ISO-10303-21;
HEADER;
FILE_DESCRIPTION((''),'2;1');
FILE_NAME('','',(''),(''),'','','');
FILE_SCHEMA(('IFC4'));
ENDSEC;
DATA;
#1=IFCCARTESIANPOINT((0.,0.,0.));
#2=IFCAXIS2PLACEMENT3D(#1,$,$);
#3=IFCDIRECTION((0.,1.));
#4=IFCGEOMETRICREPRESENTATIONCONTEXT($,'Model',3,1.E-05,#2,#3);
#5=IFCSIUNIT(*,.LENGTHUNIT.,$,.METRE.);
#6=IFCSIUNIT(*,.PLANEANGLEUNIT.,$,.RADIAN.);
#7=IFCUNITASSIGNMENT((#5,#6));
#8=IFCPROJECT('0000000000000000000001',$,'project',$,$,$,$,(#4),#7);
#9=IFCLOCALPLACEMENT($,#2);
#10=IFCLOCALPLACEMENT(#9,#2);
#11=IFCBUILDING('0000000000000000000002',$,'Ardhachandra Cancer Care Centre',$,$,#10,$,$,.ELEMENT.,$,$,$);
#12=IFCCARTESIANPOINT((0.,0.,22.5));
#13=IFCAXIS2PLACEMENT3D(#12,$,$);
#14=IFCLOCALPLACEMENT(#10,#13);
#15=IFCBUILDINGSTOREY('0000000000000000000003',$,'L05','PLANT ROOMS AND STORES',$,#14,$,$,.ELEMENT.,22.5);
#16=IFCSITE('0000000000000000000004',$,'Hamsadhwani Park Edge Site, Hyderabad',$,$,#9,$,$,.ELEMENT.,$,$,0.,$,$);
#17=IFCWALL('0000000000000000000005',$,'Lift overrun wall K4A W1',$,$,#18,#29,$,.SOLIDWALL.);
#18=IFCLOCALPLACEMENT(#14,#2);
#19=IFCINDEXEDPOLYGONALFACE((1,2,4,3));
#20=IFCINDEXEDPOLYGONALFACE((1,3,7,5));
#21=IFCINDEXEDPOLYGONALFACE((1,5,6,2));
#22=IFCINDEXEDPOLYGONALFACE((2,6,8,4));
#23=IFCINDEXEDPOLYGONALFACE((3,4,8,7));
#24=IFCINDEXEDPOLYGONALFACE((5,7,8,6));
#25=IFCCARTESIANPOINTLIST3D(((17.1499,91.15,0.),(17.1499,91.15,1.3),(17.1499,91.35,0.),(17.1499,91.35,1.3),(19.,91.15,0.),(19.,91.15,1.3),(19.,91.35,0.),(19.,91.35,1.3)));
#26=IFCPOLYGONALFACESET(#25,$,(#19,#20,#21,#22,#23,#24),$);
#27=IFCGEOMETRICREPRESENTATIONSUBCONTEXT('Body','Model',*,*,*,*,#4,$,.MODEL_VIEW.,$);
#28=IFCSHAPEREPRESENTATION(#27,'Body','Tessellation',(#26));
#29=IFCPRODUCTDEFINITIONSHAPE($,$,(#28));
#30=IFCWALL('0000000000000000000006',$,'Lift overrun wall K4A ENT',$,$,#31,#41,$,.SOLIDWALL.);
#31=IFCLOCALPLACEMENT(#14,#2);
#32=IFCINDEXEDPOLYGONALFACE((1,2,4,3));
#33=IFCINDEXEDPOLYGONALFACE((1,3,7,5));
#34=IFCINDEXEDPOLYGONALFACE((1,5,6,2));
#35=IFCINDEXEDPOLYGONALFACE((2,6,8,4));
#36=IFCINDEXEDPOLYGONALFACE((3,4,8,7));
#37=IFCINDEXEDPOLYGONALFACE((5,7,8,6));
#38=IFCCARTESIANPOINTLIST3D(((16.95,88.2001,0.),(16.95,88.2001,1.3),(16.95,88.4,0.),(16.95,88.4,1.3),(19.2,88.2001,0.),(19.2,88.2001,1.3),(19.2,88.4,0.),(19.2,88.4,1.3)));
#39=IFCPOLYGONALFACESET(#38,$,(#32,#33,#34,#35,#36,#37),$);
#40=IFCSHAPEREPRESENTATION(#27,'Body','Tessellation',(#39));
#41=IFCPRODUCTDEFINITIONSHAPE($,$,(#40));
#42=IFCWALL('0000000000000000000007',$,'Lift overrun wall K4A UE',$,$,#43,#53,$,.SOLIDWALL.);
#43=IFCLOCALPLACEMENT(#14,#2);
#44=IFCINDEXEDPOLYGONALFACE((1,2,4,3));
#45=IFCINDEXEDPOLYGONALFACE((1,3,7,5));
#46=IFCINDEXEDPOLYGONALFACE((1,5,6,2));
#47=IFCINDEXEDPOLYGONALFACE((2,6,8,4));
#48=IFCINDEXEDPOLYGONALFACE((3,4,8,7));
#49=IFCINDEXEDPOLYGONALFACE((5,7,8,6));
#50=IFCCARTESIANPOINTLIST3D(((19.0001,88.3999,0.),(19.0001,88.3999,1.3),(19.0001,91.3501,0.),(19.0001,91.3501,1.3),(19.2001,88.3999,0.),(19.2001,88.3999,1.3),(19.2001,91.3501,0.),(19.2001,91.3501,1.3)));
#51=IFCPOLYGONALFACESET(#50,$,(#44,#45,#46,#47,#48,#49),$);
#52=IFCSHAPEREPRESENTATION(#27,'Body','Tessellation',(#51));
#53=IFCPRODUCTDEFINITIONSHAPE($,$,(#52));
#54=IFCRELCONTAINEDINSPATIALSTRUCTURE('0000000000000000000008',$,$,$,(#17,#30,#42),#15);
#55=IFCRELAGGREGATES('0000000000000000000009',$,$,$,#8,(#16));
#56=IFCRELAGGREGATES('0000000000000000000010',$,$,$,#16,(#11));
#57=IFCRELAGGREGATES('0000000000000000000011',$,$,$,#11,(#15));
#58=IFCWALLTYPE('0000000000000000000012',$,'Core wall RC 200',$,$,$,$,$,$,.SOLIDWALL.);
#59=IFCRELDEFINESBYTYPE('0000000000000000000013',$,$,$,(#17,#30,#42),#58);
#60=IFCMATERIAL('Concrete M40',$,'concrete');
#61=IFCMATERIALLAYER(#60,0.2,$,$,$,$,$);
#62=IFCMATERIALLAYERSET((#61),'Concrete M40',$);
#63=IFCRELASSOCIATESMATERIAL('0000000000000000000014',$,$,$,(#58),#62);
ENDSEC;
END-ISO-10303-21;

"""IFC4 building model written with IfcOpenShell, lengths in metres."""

from ifc_helpers import new_model, si_unit, direction, frame, frame_2d, origin, place, context, subcontext, project, spatial, rectangle, extrude, material, layer, layer_set, type_object, element, save


model = new_model("IFC4")

# Units and contexts
model_context = context("Model", 3, precision=1e-05, world=origin(), true_north=direction((0.0, 1.0)))
body_context = subcontext(model_context, "Body", "Model", "MODEL_VIEW")
ifc_project = project(units=[si_unit("LENGTHUNIT", "METRE"), si_unit("PLANEANGLEUNIT", "RADIAN")], contexts=[model_context])

# Site, building, storey
site_placement = place(None, origin())
site = spatial("IfcSite", under=ifc_project, at=site_placement, Name="Hamsadhwani Park Edge Site, Hyderabad", CompositionType="ELEMENT", RefElevation=0.0)
building_placement = place(site_placement, origin())
building = spatial("IfcBuilding", under=site, at=building_placement, Name="Ardhachandra Cancer Care Centre", CompositionType="ELEMENT")
storey_placement = place(building_placement, frame((0.0, 0.0, 22.5)))
storey = spatial("IfcBuildingStorey", under=building, at=storey_placement, Name="L05", Description="PLANT ROOMS AND STORES", CompositionType="ELEMENT", Elevation=22.5)

# Walls
ifc_material_1 = material(Name="Concrete M40", Category="concrete")
ifc_layer_1 = layer(ifc_material_1, 0.2)
ifc_layer_set_1 = layer_set([ifc_layer_1], Name="Concrete M40")
wall_type = type_object("IfcWallType", Name="Core wall RC 200", PredefinedType="SOLIDWALL", material=ifc_layer_set_1)
wall_1_placement = place(storey_placement, frame((17.1499, 91.25, 0.0), z_axis=(0.0, 0.0, 1.0), x_axis=(1.0, 0.0, 0.0)))
element("IfcWall", 1, at=wall_1_placement, inside=storey, type_object=wall_type, Name="Lift overrun wall K4A W1", PredefinedType="SOLIDWALL", context=body_context, shape_type="SweptSolid", body=[
    extrude(rectangle(XDim=1.8501, YDim=0.2, at=frame_2d((0.925, 0.0))), origin(), (0.0, 0.0, 1.0), 1.3),
])
wall_2_placement = place(storey_placement, frame((16.95, 88.3, 0.0), z_axis=(0.0, 0.0, 1.0), x_axis=(1.0, 0.0, 0.0)))
element("IfcWall", 2, at=wall_2_placement, inside=storey, type_object=wall_type, Name="Lift overrun wall K4A ENT", PredefinedType="SOLIDWALL", context=body_context, shape_type="SweptSolid", body=[
    extrude(rectangle(XDim=2.25, YDim=0.2, at=frame_2d((1.125, 0.0))), origin(), (0.0, 0.0, 1.0), 1.3),
])
wall_3_placement = place(storey_placement, frame((19.1001, 88.3999, 0.0), z_axis=(0.0, 0.0, 1.0), x_axis=(0.0, 1.0, 0.0)))
element("IfcWall", 3, at=wall_3_placement, inside=storey, type_object=wall_type, Name="Lift overrun wall K4A UE", PredefinedType="SOLIDWALL", context=body_context, shape_type="SweptSolid", body=[
    extrude(rectangle(XDim=2.9502, YDim=0.2, at=frame_2d((1.4751, 0.0))), origin(), (0.0, 0.0, 1.0), 1.3),
])

save(model, "model.ifc")
